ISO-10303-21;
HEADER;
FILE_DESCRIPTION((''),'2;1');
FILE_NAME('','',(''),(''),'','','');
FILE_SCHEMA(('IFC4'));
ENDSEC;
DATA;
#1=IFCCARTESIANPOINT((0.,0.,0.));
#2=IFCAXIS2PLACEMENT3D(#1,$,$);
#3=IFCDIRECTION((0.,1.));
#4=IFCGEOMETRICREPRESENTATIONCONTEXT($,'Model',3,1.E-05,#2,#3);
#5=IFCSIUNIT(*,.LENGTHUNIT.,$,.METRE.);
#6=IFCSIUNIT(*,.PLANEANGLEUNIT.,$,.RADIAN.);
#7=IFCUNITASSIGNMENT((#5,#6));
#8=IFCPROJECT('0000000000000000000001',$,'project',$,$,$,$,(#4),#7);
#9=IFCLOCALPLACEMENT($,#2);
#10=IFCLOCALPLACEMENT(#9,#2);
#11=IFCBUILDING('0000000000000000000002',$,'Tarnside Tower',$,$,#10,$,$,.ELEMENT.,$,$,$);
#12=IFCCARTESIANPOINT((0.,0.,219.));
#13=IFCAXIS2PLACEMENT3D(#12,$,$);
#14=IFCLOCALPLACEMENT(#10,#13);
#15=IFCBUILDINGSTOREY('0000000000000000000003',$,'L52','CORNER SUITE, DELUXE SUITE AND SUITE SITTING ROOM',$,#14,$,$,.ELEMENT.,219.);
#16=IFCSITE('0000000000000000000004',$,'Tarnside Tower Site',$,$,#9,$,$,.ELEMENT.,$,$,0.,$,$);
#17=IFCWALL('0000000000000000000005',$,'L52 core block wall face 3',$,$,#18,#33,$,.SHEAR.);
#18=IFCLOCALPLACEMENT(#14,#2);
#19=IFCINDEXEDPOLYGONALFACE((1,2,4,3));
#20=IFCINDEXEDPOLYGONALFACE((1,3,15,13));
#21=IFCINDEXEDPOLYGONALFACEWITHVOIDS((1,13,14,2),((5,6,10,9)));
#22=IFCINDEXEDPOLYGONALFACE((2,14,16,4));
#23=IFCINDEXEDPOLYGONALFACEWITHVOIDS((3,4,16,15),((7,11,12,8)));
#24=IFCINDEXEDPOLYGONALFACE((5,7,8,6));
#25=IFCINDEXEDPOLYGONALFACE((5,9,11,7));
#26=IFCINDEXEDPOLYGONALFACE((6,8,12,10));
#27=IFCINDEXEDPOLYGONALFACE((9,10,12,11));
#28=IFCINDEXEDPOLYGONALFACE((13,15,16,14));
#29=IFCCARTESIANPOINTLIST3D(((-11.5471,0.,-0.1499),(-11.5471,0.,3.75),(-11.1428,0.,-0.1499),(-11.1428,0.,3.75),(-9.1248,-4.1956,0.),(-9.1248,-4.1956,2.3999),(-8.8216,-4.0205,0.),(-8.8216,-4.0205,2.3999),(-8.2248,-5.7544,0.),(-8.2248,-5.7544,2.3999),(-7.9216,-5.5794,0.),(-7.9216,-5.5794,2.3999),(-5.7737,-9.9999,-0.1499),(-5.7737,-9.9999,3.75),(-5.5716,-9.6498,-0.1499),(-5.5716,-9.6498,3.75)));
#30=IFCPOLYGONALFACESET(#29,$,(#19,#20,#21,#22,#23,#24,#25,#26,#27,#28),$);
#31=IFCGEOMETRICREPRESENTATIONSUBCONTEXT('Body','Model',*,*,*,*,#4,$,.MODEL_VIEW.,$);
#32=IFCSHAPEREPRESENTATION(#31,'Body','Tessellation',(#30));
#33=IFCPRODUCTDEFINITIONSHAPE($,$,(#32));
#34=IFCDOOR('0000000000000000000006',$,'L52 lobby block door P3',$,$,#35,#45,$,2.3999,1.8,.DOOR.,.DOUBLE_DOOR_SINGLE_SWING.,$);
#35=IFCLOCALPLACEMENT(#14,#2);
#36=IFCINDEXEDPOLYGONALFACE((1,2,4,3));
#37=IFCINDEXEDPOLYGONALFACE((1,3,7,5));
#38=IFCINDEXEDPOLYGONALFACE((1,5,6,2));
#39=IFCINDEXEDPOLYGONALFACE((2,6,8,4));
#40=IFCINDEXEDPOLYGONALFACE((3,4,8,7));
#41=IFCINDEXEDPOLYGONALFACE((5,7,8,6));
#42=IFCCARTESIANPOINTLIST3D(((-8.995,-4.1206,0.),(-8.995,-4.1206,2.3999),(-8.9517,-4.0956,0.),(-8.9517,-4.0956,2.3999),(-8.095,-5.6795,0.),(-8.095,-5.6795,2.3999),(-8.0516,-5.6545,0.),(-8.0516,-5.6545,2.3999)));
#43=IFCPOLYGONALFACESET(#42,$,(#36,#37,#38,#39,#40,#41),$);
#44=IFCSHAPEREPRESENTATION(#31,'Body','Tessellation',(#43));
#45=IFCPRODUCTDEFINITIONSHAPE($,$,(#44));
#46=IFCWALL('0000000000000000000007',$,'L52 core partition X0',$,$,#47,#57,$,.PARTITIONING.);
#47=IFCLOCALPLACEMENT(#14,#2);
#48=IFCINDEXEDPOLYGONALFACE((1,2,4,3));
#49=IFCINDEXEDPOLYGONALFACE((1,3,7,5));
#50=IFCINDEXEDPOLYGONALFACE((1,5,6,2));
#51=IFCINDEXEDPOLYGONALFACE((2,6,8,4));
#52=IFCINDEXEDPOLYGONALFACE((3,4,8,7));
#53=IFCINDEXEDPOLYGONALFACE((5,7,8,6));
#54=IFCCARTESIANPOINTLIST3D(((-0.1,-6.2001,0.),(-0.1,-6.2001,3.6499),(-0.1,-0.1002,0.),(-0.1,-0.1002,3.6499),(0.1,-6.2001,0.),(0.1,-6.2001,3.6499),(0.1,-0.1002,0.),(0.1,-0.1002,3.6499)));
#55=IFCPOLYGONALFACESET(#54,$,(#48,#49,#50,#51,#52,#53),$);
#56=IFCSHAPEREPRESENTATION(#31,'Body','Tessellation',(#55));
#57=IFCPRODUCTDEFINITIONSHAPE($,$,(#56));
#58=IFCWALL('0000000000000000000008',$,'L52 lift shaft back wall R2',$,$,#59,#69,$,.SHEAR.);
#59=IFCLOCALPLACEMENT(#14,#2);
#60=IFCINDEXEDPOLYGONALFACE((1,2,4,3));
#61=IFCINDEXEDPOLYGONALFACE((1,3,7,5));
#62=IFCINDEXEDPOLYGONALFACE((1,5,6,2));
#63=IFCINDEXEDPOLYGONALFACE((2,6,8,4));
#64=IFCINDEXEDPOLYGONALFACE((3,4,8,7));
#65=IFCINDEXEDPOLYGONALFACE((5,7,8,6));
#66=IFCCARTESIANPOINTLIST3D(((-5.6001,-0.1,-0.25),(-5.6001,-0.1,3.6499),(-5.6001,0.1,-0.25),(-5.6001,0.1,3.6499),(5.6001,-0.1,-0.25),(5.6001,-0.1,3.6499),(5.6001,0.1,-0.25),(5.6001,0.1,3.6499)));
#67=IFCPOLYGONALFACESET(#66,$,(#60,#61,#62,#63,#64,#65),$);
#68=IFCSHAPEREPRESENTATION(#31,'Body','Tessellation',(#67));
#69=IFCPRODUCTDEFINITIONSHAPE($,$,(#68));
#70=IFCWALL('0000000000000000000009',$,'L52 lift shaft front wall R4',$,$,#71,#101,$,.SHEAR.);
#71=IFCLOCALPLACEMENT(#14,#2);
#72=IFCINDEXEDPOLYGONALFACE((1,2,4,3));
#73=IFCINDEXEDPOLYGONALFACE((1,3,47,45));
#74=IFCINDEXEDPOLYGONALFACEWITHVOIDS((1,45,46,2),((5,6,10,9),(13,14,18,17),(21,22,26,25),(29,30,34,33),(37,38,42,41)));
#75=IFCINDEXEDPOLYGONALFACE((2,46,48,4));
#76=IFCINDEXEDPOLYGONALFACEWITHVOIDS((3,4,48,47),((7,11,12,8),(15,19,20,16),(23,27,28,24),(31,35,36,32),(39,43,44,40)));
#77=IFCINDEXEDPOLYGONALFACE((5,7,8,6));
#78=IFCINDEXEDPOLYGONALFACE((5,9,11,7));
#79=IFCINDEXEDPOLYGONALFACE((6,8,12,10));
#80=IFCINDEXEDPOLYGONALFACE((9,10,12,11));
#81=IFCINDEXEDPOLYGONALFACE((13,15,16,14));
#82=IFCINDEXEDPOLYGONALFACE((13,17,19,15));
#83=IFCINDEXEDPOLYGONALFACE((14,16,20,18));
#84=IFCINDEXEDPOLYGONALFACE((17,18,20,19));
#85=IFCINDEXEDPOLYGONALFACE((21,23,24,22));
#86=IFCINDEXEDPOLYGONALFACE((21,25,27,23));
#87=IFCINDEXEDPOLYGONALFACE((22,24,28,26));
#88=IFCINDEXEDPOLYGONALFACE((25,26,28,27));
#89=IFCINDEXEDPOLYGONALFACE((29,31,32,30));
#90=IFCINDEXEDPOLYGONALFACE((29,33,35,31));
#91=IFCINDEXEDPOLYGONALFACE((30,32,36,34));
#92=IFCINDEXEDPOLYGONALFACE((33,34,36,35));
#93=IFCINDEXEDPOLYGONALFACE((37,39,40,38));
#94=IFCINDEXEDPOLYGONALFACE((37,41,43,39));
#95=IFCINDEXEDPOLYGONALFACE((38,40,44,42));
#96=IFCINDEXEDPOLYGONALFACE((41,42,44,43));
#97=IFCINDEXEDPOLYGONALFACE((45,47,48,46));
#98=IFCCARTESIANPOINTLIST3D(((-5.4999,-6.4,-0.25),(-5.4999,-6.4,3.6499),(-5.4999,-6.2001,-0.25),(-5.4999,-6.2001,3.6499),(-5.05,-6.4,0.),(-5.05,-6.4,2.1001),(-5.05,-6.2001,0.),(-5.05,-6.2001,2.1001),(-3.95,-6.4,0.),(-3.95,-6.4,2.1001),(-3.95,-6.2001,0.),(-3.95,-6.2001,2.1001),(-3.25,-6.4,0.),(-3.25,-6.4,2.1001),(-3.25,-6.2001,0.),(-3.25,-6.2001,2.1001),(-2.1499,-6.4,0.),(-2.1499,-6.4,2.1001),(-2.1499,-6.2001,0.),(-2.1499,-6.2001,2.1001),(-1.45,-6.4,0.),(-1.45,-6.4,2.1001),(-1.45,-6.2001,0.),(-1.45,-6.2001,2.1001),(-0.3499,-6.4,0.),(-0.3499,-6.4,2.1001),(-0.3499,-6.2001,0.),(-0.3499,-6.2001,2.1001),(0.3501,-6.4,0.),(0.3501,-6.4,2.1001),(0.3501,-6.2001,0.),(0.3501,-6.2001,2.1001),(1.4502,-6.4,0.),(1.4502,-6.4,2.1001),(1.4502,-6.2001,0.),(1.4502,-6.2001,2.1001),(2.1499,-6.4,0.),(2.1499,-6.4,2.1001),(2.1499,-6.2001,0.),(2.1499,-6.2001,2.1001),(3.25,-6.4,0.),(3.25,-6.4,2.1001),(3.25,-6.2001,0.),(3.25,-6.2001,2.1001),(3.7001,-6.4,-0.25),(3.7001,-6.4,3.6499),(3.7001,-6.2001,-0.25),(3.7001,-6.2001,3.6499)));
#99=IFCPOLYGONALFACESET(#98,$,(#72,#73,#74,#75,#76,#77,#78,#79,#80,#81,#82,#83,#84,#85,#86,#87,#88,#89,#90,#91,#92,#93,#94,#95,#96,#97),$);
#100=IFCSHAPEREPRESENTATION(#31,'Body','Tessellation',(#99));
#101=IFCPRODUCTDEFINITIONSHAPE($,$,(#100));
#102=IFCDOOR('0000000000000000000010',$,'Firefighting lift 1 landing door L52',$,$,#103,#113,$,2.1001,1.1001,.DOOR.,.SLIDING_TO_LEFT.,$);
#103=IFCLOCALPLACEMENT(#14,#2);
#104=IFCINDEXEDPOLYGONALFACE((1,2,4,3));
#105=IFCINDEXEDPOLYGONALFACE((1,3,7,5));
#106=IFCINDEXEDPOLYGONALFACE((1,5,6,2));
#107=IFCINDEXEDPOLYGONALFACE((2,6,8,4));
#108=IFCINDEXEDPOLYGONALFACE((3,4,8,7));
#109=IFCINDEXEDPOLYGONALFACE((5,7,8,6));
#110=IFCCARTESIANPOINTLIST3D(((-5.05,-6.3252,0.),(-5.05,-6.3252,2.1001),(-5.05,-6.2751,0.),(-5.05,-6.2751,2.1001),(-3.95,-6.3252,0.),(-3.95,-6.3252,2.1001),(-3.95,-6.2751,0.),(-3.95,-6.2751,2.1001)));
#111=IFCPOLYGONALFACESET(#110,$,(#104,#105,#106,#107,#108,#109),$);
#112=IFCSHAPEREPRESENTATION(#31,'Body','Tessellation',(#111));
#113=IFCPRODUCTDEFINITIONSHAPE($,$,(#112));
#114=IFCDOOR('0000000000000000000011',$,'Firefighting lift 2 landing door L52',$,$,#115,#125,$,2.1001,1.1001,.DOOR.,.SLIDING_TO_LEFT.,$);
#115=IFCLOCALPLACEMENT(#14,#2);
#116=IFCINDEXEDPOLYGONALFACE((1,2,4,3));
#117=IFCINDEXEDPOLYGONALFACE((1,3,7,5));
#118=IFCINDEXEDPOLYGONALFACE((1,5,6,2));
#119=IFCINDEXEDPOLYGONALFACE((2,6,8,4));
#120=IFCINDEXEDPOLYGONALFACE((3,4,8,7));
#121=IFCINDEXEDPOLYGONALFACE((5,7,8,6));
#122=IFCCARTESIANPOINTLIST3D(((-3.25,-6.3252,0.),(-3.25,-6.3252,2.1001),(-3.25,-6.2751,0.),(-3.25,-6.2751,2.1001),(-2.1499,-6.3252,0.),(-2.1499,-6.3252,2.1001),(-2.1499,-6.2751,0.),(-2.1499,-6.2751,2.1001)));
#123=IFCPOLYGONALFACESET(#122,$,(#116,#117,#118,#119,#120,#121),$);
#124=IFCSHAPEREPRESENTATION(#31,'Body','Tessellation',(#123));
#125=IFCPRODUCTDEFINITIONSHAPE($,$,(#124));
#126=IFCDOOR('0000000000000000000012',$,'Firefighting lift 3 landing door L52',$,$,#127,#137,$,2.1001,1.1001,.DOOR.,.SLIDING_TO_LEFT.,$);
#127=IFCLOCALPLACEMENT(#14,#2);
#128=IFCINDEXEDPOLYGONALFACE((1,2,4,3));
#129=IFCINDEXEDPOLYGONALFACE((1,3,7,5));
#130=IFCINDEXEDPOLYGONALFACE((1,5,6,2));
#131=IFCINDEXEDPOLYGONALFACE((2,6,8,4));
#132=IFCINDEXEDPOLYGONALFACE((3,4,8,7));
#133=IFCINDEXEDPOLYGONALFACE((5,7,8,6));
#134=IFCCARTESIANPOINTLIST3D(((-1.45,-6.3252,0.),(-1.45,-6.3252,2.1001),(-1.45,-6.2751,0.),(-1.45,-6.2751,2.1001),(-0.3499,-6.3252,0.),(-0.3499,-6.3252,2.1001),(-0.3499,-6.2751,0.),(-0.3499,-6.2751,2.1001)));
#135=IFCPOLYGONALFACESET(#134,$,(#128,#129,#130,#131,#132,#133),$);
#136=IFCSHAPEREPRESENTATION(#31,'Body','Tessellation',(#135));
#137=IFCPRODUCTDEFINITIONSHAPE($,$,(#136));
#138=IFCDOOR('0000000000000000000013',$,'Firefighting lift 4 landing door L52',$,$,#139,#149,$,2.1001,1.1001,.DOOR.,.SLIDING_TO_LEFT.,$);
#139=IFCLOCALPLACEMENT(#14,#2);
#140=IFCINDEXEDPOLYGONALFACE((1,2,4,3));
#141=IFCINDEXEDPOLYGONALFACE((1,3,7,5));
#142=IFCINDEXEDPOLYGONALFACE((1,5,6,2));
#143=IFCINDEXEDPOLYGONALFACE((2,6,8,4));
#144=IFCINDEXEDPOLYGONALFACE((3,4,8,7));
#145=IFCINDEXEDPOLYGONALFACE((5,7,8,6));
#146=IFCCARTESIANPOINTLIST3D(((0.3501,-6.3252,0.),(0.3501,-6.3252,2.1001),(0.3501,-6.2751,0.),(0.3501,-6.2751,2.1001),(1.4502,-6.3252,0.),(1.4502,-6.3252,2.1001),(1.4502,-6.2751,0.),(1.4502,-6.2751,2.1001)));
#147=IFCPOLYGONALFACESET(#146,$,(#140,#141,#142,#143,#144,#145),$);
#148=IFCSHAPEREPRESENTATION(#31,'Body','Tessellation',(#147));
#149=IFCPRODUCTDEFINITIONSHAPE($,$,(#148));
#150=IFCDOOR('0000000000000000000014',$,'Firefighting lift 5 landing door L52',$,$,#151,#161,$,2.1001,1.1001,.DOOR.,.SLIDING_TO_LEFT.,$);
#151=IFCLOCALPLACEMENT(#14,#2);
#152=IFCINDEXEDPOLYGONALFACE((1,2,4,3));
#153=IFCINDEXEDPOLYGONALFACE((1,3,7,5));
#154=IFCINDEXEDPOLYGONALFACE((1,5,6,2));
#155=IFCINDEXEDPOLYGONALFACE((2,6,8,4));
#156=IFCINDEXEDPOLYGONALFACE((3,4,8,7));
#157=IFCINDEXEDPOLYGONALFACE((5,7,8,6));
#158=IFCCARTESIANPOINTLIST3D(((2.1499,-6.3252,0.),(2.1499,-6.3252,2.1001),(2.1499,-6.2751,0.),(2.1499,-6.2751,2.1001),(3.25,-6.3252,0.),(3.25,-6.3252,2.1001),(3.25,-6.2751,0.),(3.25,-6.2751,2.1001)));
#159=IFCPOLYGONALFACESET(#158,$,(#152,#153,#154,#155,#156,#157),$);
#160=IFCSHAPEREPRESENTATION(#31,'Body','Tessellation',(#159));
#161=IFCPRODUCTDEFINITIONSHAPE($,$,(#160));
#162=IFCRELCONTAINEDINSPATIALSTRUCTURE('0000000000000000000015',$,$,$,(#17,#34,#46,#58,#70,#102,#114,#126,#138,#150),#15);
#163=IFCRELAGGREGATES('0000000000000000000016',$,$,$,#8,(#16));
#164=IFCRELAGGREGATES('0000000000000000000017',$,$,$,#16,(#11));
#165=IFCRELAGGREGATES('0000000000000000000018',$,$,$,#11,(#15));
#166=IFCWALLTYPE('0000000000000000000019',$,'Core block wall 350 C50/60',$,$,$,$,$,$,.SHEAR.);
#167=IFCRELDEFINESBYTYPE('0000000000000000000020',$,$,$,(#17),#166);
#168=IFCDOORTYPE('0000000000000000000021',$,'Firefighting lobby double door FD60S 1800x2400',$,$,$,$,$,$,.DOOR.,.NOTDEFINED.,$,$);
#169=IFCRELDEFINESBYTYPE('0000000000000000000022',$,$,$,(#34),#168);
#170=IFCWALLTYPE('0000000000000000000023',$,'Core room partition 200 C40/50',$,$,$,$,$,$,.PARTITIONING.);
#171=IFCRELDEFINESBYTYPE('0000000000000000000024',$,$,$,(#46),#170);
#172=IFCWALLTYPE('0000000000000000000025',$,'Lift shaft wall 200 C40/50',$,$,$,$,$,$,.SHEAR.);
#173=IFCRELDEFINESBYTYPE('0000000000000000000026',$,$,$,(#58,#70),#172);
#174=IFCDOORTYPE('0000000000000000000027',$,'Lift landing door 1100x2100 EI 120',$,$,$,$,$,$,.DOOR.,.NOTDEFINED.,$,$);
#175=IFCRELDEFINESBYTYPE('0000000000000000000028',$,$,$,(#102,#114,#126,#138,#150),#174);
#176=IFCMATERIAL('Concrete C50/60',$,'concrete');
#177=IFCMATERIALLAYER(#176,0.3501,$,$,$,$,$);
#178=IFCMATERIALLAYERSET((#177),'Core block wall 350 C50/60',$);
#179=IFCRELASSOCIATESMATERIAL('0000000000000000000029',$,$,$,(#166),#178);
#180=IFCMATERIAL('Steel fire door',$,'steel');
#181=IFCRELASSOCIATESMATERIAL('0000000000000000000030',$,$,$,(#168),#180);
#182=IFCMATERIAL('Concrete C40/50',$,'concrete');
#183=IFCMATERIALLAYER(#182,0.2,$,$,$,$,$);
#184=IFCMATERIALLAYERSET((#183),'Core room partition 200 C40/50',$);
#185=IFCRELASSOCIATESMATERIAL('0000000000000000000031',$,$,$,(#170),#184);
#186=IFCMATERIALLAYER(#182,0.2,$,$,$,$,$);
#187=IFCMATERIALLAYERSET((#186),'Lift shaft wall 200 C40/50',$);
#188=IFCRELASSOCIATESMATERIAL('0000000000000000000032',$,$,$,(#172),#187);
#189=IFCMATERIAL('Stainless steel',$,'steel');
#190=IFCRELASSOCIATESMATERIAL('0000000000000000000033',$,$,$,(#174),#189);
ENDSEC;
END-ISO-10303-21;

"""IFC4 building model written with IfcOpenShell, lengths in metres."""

from ifc_helpers import new_model, si_unit, direction, frame, frame_2d, origin, place, context, subcontext, project, spatial, polyline, rectangle, outline, extrude, material, layer, layer_set, type_object, element, fill, save


model = new_model("IFC4")

# Units and contexts
model_context = context("Model", 3, precision=1e-05, world=origin(), true_north=direction((0.0, 1.0)))
body_context = subcontext(model_context, "Body", "Model", "MODEL_VIEW")
ifc_project = project(units=[si_unit("LENGTHUNIT", "METRE"), si_unit("PLANEANGLEUNIT", "RADIAN")], contexts=[model_context])

# Site, building, storey
site_placement = place(None, origin())
site = spatial("IfcSite", under=ifc_project, at=site_placement, Name="Tarnside Tower Site", CompositionType="ELEMENT", RefElevation=0.0)
building_placement = place(site_placement, origin())
building = spatial("IfcBuilding", under=site, at=building_placement, Name="Tarnside Tower", CompositionType="ELEMENT")
storey_placement = place(building_placement, frame((0.0, 0.0, 219.0)))
storey = spatial("IfcBuildingStorey", under=building, at=storey_placement, Name="L52", Description="CORNER SUITE, DELUXE SUITE AND SUITE SITTING ROOM", CompositionType="ELEMENT", Elevation=219.0)

# Wall, opening, door
ifc_material_1 = material(Name="Concrete C50/60", Category="concrete")
ifc_layer_1 = layer(ifc_material_1, 0.3501)
ifc_layer_set_1 = layer_set([ifc_layer_1], Name="Core block wall 350 C50/60")
wall_type_1 = type_object("IfcWallType", Name="Core block wall 350 C50/60", PredefinedType="SHEAR", material=ifc_layer_set_1)
wall_1_placement = place(storey_placement, frame((-11.345, 0.0, -0.1499), z_axis=(0.0, 0.0, 1.0), x_axis=(0.499995, -0.866028, 0.0)))
wall_1 = element("IfcWall", 1, at=wall_1_placement, inside=storey, type_object=wall_type_1, Name="L52 core block wall face 3", PredefinedType="SHEAR", context=body_context, shape_type="SweptSolid", body=[
    extrude(outline(polyline([(-0.1011, -0.175), (11.4458, -0.175), (11.2437, 0.175), (0.1011, 0.175), (-0.1011, -0.175)])), origin(), (0.0, 0.0, 1.0), 3.8999),
])
opening_1_placement = place(wall_1_placement, frame((4.7437, 0.0, 0.1499)))
opening_1 = element("IfcOpeningElement", 2, at=opening_1_placement, cuts=wall_1, PredefinedType="OPENING", context=body_context, shape_type="SweptSolid", body=[
    extrude(rectangle(XDim=1.8, YDim=2.3999, at=frame_2d((0.8999, 1.2))), frame((0.0, 0.1851, 0.0), z_axis=(0.0, -1.0, 0.0), x_axis=(1.0, 0.0, 0.0)), (0.0, 0.0, 1.0), 0.3701),
])
ifc_material_2 = material(Name="Steel fire door", Category="steel")
door_type_1 = type_object("IfcDoorType", Name="Firefighting lobby double door FD60S 1800x2400", OperationType="NOTDEFINED", PredefinedType="DOOR", material=ifc_material_2)
door_1_placement = place(opening_1_placement, origin())
door_1 = element("IfcDoor", 3, at=door_1_placement, inside=storey, type_object=door_type_1, Name="L52 lobby block door P3", OperationType="DOUBLE_DOOR_SINGLE_SWING", OverallHeight=2.3999, OverallWidth=1.8, PredefinedType="DOOR", context=body_context, shape_type="SweptSolid", body=[
    extrude(rectangle(XDim=1.8, YDim=2.3999, at=frame_2d((0.8999, 1.2))), frame((0.0, 0.0249, 0.0), z_axis=(0.0, -1.0, 0.0), x_axis=(1.0, 0.0, 0.0)), (0.0, 0.0, 1.0), 0.05),
])
fill(opening_1, door_1)

# Walls
ifc_material_3 = material(Name="Concrete C40/50", Category="concrete")
ifc_layer_2 = layer(ifc_material_3, 0.2)
ifc_layer_set_2 = layer_set([ifc_layer_2], Name="Core room partition 200 C40/50")
wall_type_2 = type_object("IfcWallType", Name="Core room partition 200 C40/50", PredefinedType="PARTITIONING", material=ifc_layer_set_2)
wall_2_placement = place(storey_placement, frame((0.0, -6.2, 0.0), z_axis=(0.0, 0.0, 1.0), x_axis=(0.0, 1.0, 0.0)))
element("IfcWall", 4, at=wall_2_placement, inside=storey, type_object=wall_type_2, Name="L52 core partition X0", PredefinedType="PARTITIONING", context=body_context, shape_type="SweptSolid", body=[
    extrude(rectangle(XDim=6.0999, YDim=0.2, at=frame_2d((3.0498, 0.0))), origin(), (0.0, 0.0, 1.0), 3.6499),
])
ifc_layer_3 = layer(ifc_material_3, 0.2)
ifc_layer_set_3 = layer_set([ifc_layer_3], Name="Lift shaft wall 200 C40/50")
wall_type_3 = type_object("IfcWallType", Name="Lift shaft wall 200 C40/50", PredefinedType="SHEAR", material=ifc_layer_set_3)
wall_3_placement = place(storey_placement, frame((-5.6001, 0.0, -0.25), z_axis=(0.0, 0.0, 1.0), x_axis=(1.0, 0.0, 0.0)))
element("IfcWall", 5, at=wall_3_placement, inside=storey, type_object=wall_type_3, Name="L52 lift shaft back wall R2", PredefinedType="SHEAR", context=body_context, shape_type="SweptSolid", body=[
    extrude(rectangle(XDim=11.2002, YDim=0.2, at=frame_2d((5.6001, 0.0))), origin(), (0.0, 0.0, 1.0), 3.8999),
])

# Wall, openings, doors
wall_4_placement = place(storey_placement, frame((-5.5, -6.3, -0.25), z_axis=(0.0, 0.0, 1.0), x_axis=(1.0, 0.0, 0.0)))
wall_4 = element("IfcWall", 6, at=wall_4_placement, inside=storey, type_object=wall_type_3, Name="L52 lift shaft front wall R4", PredefinedType="SHEAR", context=body_context, shape_type="SweptSolid", body=[
    extrude(rectangle(XDim=9.2, YDim=0.2, at=frame_2d((4.6001, 0.0))), origin(), (0.0, 0.0, 1.0), 3.8999),
])
opening_2_placement = place(wall_4_placement, frame((0.45, 0.0, 0.25)))
opening_2 = element("IfcOpeningElement", 7, at=opening_2_placement, cuts=wall_4, PredefinedType="OPENING", context=body_context, shape_type="SweptSolid", body=[
    extrude(rectangle(XDim=1.1001, YDim=2.1001, at=frame_2d((0.55, 1.05))), frame((0.0, 0.1099, 0.0), z_axis=(0.0, -1.0, 0.0), x_axis=(1.0, 0.0, 0.0)), (0.0, 0.0, 1.0), 0.22),
])
opening_3_placement = place(wall_4_placement, frame((2.25, 0.0, 0.25)))
opening_3 = element("IfcOpeningElement", 8, at=opening_3_placement, cuts=wall_4, PredefinedType="OPENING", context=body_context, shape_type="SweptSolid", body=[
    extrude(rectangle(XDim=1.1001, YDim=2.1001, at=frame_2d((0.55, 1.05))), frame((0.0, 0.1099, 0.0), z_axis=(0.0, -1.0, 0.0), x_axis=(1.0, 0.0, 0.0)), (0.0, 0.0, 1.0), 0.22),
])
opening_4_placement = place(wall_4_placement, frame((4.05, 0.0, 0.25)))
opening_4 = element("IfcOpeningElement", 9, at=opening_4_placement, cuts=wall_4, PredefinedType="OPENING", context=body_context, shape_type="SweptSolid", body=[
    extrude(rectangle(XDim=1.1001, YDim=2.1001, at=frame_2d((0.55, 1.05))), frame((0.0, 0.1099, 0.0), z_axis=(0.0, -1.0, 0.0), x_axis=(1.0, 0.0, 0.0)), (0.0, 0.0, 1.0), 0.22),
])
opening_5_placement = place(wall_4_placement, frame((5.8501, 0.0, 0.25)))
opening_5 = element("IfcOpeningElement", 10, at=opening_5_placement, cuts=wall_4, PredefinedType="OPENING", context=body_context, shape_type="SweptSolid", body=[
    extrude(rectangle(XDim=1.1001, YDim=2.1001, at=frame_2d((0.55, 1.05))), frame((0.0, 0.1099, 0.0), z_axis=(0.0, -1.0, 0.0), x_axis=(1.0, 0.0, 0.0)), (0.0, 0.0, 1.0), 0.22),
])
opening_6_placement = place(wall_4_placement, frame((7.6499, 0.0, 0.25)))
opening_6 = element("IfcOpeningElement", 11, at=opening_6_placement, cuts=wall_4, PredefinedType="OPENING", context=body_context, shape_type="SweptSolid", body=[
    extrude(rectangle(XDim=1.1001, YDim=2.1001, at=frame_2d((0.55, 1.05))), frame((0.0, 0.1099, 0.0), z_axis=(0.0, -1.0, 0.0), x_axis=(1.0, 0.0, 0.0)), (0.0, 0.0, 1.0), 0.22),
])
ifc_material_4 = material(Name="Stainless steel", Category="steel")
door_type_2 = type_object("IfcDoorType", Name="Lift landing door 1100x2100 EI 120", OperationType="NOTDEFINED", PredefinedType="DOOR", material=ifc_material_4)
door_2_placement = place(opening_2_placement, origin())
door_2 = element("IfcDoor", 12, at=door_2_placement, inside=storey, type_object=door_type_2, Name="Firefighting lift 1 landing door L52", OperationType="SLIDING_TO_LEFT", OverallHeight=2.1001, OverallWidth=1.1001, PredefinedType="DOOR", context=body_context, shape_type="SweptSolid", body=[
    extrude(rectangle(XDim=1.1001, YDim=2.1001, at=frame_2d((0.55, 1.05))), frame((0.0, 0.0249, 0.0), z_axis=(0.0, -1.0, 0.0), x_axis=(1.0, 0.0, 0.0)), (0.0, 0.0, 1.0), 0.05),
])
fill(opening_2, door_2)
door_3_placement = place(opening_3_placement, origin())
door_3 = element("IfcDoor", 13, at=door_3_placement, inside=storey, type_object=door_type_2, Name="Firefighting lift 2 landing door L52", OperationType="SLIDING_TO_LEFT", OverallHeight=2.1001, OverallWidth=1.1001, PredefinedType="DOOR", context=body_context, shape_type="SweptSolid", body=[
    extrude(rectangle(XDim=1.1001, YDim=2.1001, at=frame_2d((0.55, 1.05))), frame((0.0, 0.0249, 0.0), z_axis=(0.0, -1.0, 0.0), x_axis=(1.0, 0.0, 0.0)), (0.0, 0.0, 1.0), 0.05),
])
fill(opening_3, door_3)
door_4_placement = place(opening_4_placement, origin())
door_4 = element("IfcDoor", 14, at=door_4_placement, inside=storey, type_object=door_type_2, Name="Firefighting lift 3 landing door L52", OperationType="SLIDING_TO_LEFT", OverallHeight=2.1001, OverallWidth=1.1001, PredefinedType="DOOR", context=body_context, shape_type="SweptSolid", body=[
    extrude(rectangle(XDim=1.1001, YDim=2.1001, at=frame_2d((0.55, 1.05))), frame((0.0, 0.0249, 0.0), z_axis=(0.0, -1.0, 0.0), x_axis=(1.0, 0.0, 0.0)), (0.0, 0.0, 1.0), 0.05),
])
fill(opening_4, door_4)
door_5_placement = place(opening_5_placement, origin())
door_5 = element("IfcDoor", 15, at=door_5_placement, inside=storey, type_object=door_type_2, Name="Firefighting lift 4 landing door L52", OperationType="SLIDING_TO_LEFT", OverallHeight=2.1001, OverallWidth=1.1001, PredefinedType="DOOR", context=body_context, shape_type="SweptSolid", body=[
    extrude(rectangle(XDim=1.1001, YDim=2.1001, at=frame_2d((0.55, 1.05))), frame((0.0, 0.0249, 0.0), z_axis=(0.0, -1.0, 0.0), x_axis=(1.0, 0.0, 0.0)), (0.0, 0.0, 1.0), 0.05),
])
fill(opening_5, door_5)
door_6_placement = place(opening_6_placement, origin())
door_6 = element("IfcDoor", 16, at=door_6_placement, inside=storey, type_object=door_type_2, Name="Firefighting lift 5 landing door L52", OperationType="SLIDING_TO_LEFT", OverallHeight=2.1001, OverallWidth=1.1001, PredefinedType="DOOR", context=body_context, shape_type="SweptSolid", body=[
    extrude(rectangle(XDim=1.1001, YDim=2.1001, at=frame_2d((0.55, 1.05))), frame((0.0, 0.0249, 0.0), z_axis=(0.0, -1.0, 0.0), x_axis=(1.0, 0.0, 0.0)), (0.0, 0.0, 1.0), 0.05),
])
fill(opening_6, door_6)

save(model, "model.ifc")
